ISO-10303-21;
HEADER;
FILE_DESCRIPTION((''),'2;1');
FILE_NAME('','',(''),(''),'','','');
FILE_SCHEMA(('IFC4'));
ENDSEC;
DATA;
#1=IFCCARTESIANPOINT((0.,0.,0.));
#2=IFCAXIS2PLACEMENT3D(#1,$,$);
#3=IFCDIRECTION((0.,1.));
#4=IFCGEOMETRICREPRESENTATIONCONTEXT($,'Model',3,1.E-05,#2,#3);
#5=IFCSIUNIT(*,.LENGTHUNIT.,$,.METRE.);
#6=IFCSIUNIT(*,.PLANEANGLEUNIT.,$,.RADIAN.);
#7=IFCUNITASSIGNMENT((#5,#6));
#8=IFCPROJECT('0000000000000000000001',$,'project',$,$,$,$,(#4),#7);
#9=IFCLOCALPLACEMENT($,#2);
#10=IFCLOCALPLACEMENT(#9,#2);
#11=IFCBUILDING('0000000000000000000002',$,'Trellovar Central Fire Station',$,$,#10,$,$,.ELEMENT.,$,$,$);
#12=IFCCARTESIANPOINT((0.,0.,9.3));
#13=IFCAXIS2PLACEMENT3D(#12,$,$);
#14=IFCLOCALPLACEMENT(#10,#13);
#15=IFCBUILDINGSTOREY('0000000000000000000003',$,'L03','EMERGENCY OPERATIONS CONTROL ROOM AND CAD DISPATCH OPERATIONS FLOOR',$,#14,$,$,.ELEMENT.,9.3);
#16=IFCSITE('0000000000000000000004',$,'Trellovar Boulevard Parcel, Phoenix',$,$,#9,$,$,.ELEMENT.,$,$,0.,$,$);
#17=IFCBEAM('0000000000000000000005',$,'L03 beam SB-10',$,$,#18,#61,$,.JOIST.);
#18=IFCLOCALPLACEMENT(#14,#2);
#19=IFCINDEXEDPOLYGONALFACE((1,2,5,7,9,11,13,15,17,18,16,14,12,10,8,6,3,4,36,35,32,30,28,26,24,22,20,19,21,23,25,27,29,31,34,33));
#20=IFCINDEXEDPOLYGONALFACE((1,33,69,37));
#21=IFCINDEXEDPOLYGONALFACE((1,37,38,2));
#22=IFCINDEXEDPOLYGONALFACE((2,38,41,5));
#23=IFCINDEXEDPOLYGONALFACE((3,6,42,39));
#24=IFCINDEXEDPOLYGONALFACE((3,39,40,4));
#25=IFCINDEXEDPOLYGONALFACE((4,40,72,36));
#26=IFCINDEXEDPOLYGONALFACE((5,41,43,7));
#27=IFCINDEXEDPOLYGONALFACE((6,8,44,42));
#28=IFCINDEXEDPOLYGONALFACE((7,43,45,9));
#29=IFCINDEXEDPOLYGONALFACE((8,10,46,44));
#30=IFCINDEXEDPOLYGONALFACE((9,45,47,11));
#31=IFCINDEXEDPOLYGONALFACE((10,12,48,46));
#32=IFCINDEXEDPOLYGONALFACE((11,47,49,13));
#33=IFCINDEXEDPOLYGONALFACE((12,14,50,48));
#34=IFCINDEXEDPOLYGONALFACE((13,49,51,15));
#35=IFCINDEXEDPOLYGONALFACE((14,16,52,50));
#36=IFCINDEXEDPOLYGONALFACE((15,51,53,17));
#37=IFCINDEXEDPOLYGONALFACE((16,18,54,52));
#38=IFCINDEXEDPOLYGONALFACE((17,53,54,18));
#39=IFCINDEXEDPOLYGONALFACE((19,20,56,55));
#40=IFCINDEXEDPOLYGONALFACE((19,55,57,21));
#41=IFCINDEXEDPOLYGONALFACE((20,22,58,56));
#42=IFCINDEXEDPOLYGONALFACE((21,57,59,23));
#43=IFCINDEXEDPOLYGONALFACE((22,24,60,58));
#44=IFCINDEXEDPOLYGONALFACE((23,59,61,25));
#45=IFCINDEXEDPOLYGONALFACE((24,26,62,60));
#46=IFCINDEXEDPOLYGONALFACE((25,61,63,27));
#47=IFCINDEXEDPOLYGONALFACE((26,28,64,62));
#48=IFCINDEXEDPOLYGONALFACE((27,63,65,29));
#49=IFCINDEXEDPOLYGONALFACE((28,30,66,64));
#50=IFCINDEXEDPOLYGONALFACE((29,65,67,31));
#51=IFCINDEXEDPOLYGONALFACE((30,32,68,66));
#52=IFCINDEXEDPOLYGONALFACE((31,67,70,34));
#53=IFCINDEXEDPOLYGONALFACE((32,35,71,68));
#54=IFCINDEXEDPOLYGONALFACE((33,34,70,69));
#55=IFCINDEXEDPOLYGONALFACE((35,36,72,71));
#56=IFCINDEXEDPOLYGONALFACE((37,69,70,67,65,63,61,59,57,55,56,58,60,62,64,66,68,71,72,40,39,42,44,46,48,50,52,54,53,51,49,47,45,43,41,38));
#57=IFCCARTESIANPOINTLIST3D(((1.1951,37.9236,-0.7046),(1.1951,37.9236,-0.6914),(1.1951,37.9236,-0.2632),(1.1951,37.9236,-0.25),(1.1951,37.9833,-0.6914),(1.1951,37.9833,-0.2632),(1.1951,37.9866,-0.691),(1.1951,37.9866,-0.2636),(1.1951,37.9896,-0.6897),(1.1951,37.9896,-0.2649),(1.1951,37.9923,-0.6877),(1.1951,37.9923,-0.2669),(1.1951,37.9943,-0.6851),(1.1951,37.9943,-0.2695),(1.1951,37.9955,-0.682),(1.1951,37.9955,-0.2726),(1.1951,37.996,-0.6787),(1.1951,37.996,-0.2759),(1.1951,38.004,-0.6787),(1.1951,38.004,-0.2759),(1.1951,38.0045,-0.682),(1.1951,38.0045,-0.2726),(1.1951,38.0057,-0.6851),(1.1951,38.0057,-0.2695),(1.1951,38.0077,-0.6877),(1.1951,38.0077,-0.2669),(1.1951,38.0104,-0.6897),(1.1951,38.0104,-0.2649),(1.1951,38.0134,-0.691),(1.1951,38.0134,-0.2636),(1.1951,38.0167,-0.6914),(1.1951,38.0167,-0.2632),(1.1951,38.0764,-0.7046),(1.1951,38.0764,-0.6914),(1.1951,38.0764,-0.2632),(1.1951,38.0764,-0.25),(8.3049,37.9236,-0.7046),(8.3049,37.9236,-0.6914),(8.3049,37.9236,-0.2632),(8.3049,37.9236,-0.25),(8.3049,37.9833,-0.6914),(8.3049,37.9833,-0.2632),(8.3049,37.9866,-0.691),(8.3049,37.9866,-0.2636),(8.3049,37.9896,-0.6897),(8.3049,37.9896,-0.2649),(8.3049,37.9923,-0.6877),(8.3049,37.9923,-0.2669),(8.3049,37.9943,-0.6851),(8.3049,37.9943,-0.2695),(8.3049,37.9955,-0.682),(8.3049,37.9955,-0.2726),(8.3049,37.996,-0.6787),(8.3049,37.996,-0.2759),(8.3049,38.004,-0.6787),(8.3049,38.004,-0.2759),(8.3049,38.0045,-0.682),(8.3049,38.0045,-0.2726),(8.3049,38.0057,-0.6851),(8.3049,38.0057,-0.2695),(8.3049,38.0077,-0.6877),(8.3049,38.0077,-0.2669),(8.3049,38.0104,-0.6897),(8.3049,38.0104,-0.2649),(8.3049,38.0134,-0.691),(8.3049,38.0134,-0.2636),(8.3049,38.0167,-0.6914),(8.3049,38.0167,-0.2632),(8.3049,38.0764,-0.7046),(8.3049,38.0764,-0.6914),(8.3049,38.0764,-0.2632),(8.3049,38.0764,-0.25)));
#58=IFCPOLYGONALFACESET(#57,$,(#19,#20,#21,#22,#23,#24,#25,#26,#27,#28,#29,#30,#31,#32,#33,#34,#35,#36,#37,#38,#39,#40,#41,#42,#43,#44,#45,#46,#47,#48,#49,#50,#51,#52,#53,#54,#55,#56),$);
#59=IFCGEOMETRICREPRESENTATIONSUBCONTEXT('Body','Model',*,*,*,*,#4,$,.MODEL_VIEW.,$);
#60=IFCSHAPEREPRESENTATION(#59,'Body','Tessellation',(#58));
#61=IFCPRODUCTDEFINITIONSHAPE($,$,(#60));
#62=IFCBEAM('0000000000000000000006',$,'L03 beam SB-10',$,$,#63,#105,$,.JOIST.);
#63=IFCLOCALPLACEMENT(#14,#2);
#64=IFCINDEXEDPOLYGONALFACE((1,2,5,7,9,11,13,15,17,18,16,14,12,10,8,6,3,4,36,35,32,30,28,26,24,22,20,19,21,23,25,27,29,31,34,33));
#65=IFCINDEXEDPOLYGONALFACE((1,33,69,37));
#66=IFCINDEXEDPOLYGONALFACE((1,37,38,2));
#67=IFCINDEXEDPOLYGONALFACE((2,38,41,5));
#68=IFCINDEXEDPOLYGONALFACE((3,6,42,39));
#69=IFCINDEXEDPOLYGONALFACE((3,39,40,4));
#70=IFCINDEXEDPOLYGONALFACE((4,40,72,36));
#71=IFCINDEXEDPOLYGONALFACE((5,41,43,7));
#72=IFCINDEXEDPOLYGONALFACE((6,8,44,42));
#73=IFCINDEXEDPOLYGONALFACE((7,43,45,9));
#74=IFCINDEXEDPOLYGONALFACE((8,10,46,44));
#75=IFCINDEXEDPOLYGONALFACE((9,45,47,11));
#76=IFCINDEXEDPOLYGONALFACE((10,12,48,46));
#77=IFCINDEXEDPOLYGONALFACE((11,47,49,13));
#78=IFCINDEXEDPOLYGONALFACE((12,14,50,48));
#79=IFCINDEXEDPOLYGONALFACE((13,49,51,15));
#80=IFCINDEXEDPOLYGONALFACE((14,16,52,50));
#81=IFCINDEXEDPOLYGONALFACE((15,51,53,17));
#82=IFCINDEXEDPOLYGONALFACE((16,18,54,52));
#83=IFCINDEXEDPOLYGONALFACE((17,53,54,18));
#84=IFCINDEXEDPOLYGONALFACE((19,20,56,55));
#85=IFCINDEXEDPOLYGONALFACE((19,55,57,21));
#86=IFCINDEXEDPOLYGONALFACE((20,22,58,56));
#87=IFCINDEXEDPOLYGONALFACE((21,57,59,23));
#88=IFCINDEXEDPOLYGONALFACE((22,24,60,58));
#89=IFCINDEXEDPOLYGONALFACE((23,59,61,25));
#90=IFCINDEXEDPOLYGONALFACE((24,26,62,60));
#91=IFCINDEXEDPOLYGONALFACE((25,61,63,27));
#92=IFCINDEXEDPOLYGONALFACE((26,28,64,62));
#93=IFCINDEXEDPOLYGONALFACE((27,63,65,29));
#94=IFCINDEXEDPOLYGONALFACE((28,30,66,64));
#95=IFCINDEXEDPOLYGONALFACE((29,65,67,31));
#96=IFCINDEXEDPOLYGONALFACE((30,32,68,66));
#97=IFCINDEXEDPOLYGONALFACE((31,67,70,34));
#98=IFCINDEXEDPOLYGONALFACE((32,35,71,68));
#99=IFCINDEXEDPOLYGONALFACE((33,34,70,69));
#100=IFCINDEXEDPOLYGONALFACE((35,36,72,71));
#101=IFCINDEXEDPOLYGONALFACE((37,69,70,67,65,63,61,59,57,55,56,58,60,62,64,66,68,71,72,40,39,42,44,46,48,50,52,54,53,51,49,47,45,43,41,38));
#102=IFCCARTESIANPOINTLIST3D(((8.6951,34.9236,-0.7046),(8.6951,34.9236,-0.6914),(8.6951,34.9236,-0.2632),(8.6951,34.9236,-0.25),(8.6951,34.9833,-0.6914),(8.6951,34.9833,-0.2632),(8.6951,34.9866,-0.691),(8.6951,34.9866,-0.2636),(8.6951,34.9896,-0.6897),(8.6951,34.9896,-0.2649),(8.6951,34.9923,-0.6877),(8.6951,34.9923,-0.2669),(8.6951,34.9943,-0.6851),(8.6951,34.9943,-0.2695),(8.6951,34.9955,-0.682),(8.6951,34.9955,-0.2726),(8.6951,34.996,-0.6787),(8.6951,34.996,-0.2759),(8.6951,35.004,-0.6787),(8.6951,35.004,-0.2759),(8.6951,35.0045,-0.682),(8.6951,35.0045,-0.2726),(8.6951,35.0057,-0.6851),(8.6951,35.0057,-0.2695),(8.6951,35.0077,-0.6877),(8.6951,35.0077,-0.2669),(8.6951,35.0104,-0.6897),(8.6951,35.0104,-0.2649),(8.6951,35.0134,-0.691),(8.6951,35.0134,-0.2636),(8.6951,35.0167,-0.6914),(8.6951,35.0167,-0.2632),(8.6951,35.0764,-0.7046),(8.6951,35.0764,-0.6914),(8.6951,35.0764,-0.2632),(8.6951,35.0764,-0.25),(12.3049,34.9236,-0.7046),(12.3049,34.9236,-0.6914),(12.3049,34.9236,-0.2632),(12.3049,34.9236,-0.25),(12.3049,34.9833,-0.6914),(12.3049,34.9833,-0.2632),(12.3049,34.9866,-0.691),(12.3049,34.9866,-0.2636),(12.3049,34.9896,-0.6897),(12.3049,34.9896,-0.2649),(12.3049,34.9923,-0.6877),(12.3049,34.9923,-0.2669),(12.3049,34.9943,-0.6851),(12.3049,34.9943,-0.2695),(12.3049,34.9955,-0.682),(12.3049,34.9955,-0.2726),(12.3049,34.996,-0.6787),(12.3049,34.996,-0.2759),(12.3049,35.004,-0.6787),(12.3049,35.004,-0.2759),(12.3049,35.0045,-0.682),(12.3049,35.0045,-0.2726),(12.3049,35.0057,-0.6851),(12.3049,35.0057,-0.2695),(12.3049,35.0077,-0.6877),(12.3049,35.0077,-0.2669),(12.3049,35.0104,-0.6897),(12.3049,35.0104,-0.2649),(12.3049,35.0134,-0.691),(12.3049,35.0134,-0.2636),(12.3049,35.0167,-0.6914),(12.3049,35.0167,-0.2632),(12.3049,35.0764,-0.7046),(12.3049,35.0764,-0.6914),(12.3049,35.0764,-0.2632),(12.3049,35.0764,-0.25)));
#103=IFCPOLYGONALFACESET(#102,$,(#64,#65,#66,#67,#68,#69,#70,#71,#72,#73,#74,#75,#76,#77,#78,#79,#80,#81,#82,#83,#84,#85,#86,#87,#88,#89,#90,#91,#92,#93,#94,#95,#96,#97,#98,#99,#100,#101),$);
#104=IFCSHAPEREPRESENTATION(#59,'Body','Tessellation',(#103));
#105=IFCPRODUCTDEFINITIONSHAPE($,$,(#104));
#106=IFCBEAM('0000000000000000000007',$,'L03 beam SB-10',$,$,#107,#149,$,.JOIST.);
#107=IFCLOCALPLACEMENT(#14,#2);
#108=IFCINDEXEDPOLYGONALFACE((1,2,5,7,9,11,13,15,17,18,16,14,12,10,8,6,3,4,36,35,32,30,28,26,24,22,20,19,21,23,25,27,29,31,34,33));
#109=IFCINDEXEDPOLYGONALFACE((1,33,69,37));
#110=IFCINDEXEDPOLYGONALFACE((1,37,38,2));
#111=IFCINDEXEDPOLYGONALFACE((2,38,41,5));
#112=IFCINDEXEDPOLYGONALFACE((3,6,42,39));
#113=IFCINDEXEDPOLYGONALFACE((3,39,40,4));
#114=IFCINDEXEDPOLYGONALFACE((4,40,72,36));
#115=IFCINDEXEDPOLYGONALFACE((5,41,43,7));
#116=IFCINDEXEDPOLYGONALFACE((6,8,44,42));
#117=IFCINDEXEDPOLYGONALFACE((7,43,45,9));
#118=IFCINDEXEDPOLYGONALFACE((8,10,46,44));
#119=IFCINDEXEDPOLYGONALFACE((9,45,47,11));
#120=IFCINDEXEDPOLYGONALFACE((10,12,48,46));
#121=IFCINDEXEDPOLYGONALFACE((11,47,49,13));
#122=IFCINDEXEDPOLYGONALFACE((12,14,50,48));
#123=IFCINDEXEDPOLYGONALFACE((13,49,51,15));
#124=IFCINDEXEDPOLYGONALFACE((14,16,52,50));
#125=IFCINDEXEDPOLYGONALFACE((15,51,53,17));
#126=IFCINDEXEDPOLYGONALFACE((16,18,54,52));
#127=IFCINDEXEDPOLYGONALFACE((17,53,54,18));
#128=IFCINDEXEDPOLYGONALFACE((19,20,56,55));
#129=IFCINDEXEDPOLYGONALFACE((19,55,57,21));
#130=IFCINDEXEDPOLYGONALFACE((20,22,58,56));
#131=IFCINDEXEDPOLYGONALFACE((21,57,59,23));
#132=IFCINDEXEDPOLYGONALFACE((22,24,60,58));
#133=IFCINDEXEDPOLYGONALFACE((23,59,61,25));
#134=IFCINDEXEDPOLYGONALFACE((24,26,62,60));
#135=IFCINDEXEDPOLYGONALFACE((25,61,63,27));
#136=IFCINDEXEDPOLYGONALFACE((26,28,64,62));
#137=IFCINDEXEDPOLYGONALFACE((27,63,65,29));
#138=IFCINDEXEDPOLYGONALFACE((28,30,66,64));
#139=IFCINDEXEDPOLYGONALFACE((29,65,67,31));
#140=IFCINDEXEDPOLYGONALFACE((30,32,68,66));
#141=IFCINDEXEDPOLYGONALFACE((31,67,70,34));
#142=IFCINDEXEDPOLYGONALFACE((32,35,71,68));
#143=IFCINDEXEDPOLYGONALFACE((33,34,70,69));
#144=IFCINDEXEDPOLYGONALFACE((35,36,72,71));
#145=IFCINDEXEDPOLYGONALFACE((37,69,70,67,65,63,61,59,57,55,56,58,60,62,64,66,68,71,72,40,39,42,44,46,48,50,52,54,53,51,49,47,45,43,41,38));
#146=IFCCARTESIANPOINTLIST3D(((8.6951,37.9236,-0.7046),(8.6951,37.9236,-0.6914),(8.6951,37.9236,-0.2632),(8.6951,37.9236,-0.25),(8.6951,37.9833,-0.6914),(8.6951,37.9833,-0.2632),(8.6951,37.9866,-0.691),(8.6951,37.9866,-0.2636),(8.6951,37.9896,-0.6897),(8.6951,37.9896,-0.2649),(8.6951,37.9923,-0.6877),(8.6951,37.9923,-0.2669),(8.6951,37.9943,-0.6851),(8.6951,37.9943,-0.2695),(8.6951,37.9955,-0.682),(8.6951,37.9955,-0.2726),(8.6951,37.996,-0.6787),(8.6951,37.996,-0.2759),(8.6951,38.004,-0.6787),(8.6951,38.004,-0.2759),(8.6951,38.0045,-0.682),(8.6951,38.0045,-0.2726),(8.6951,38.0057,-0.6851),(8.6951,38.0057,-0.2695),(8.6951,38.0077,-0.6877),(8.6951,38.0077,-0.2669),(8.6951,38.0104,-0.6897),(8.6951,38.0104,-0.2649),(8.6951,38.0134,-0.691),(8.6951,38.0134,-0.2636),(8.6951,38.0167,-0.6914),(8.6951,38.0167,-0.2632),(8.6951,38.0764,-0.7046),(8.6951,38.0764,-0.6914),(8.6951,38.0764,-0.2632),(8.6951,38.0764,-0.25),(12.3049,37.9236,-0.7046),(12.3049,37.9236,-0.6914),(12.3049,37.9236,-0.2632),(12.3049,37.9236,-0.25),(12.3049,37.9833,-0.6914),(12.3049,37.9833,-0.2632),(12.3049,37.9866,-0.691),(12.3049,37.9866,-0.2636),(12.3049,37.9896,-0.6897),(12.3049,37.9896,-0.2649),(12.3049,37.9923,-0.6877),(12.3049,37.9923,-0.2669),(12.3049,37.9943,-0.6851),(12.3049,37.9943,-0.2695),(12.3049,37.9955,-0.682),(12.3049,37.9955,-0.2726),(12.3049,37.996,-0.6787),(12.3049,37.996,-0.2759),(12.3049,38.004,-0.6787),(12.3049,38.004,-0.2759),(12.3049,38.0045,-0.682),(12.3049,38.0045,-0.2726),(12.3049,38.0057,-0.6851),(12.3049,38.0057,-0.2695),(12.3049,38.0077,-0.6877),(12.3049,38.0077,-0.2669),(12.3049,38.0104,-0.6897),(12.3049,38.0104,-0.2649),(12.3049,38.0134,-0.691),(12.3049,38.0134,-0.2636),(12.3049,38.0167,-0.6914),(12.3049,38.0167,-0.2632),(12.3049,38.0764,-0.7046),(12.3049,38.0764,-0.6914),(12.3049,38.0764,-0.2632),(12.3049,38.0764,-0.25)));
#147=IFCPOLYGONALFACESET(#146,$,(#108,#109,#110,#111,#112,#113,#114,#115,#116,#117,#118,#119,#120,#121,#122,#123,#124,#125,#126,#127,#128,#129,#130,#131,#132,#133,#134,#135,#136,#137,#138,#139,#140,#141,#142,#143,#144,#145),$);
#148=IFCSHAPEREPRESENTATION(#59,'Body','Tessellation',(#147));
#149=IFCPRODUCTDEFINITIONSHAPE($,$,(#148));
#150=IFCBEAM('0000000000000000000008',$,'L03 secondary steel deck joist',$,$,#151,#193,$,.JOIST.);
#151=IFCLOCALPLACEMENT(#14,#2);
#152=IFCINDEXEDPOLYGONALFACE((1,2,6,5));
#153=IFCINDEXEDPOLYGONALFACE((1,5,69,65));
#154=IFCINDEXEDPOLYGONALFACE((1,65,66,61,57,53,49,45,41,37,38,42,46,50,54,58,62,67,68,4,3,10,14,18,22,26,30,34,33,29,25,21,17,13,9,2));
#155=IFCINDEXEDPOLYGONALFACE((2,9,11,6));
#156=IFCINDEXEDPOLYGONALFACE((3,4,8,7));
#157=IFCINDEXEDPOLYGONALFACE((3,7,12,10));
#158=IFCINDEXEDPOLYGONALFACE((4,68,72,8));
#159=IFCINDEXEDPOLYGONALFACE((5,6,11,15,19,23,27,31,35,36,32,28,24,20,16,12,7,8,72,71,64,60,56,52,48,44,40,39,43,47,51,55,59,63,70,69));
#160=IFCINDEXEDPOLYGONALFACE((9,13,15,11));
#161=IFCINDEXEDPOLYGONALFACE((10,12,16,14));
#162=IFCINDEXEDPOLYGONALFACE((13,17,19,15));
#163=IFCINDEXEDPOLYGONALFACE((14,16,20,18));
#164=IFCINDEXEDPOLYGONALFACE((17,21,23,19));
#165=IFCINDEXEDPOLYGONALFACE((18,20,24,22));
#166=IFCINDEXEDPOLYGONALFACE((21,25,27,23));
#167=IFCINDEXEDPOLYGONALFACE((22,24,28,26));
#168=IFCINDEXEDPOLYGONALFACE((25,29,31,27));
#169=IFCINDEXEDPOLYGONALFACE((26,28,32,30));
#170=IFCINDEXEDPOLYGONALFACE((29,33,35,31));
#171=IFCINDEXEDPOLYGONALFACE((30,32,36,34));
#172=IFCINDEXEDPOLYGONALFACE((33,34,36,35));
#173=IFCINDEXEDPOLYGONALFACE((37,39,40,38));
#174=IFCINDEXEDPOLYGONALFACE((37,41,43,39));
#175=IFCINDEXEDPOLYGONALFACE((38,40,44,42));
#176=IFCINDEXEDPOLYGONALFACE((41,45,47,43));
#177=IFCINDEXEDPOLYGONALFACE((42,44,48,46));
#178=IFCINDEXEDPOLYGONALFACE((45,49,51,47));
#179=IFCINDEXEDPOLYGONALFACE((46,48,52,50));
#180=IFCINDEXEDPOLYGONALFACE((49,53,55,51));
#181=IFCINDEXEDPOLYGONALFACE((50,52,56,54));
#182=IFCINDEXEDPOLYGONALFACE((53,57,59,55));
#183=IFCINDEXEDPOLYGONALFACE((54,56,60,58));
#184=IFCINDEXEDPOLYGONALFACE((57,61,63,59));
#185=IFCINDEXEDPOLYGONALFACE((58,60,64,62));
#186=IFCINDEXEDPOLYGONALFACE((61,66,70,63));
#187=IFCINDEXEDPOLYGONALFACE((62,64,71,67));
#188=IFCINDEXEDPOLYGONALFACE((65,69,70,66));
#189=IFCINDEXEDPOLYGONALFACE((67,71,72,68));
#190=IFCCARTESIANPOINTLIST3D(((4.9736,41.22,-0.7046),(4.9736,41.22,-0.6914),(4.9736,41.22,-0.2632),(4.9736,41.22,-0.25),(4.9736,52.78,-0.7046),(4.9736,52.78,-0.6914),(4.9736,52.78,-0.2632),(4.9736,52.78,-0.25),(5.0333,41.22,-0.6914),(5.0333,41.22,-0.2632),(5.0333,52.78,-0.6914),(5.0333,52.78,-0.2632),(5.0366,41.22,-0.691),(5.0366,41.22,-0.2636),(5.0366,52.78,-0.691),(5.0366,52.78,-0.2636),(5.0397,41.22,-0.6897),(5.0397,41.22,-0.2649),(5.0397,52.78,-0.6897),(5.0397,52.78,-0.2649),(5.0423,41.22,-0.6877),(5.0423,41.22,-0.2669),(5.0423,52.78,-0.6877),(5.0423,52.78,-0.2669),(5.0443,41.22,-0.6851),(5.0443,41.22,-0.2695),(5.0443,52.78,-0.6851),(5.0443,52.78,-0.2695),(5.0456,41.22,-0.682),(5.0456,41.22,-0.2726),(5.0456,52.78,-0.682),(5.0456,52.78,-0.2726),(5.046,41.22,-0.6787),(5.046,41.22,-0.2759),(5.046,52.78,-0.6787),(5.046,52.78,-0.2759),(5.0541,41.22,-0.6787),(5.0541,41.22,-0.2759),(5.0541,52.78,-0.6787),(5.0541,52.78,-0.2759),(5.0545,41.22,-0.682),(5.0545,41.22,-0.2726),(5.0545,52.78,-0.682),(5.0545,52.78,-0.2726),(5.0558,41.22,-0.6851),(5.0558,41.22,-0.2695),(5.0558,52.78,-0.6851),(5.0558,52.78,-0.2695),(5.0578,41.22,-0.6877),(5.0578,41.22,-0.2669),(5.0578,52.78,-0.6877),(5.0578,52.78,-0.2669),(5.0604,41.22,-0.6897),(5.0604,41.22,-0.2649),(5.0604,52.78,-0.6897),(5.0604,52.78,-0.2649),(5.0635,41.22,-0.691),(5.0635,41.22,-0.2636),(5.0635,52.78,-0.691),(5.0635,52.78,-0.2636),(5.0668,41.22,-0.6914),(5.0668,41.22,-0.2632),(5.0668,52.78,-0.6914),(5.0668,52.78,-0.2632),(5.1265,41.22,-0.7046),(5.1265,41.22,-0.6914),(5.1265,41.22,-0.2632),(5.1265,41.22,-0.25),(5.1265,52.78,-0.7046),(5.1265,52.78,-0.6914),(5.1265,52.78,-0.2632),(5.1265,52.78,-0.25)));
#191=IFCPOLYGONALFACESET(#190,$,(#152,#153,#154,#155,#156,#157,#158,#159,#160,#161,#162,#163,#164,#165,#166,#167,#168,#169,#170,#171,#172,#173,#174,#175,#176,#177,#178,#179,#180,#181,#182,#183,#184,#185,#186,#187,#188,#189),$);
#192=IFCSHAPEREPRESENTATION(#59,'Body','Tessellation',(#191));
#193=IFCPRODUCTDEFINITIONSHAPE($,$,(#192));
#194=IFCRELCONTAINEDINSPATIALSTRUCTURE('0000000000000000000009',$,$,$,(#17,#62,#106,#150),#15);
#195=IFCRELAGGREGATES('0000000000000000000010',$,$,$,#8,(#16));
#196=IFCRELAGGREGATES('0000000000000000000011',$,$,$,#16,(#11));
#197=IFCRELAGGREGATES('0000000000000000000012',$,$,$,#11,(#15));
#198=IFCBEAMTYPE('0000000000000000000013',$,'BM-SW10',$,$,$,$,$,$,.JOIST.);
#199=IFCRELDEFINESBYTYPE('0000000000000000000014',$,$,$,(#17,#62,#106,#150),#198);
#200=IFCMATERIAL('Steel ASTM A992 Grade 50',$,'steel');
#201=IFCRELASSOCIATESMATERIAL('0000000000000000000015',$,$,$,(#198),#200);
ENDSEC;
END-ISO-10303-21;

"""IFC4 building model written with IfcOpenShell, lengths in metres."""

from ifc_helpers import new_model, si_unit, direction, frame, origin, origin_2d, place, context, subcontext, project, spatial, i_section, extrude, material, material_profile, profile_set, type_object, element, save


model = new_model("IFC4")

# Units and contexts
model_context = context("Model", 3, precision=1e-05, world=origin(), true_north=direction((0.0, 1.0)))
body_context = subcontext(model_context, "Body", "Model", "MODEL_VIEW")
ifc_project = project(units=[si_unit("LENGTHUNIT", "METRE"), si_unit("PLANEANGLEUNIT", "RADIAN")], contexts=[model_context])

# Site, building, storey
site_placement = place(None, origin())
site = spatial("IfcSite", under=ifc_project, at=site_placement, Name="Trellovar Boulevard Parcel, Phoenix", CompositionType="ELEMENT", RefElevation=0.0)
building_placement = place(site_placement, origin())
building = spatial("IfcBuilding", under=site, at=building_placement, Name="Trellovar Central Fire Station", CompositionType="ELEMENT")
storey_placement = place(building_placement, frame((0.0, 0.0, 9.3)))
storey = spatial("IfcBuildingStorey", under=building, at=storey_placement, Name="L03", Description="EMERGENCY OPERATIONS CONTROL ROOM AND CAD DISPATCH OPERATIONS FLOOR", CompositionType="ELEMENT", Elevation=9.3)

# Beams
ifc_material_1 = material(Name="Steel ASTM A992 Grade 50", Category="steel")
ifc_material_profile_1 = material_profile(ifc_material_1, i_section(OverallWidth=0.1528, OverallDepth=0.4546, WebThickness=0.0081, FlangeThickness=0.0132, FilletRadius=0.0127, at=origin_2d()), Name="W18X40")
ifc_profile_set_1 = profile_set([ifc_material_profile_1], Name="Steel ASTM A992 Grade 50")
beam_type_1 = type_object("IfcBeamType", Name="BM-SW10", PredefinedType="JOIST", material=ifc_profile_set_1)
for number, where, z_axis, x_axis, name in (
    (1, (1.1951, 38.0, -0.4773), (1.0, 0.0, 0.0), (0.0, 1.0, 0.0), "L03 beam SB-10"),
):
    element("IfcBeam", number, at=place(storey_placement, frame(where, z_axis=z_axis, x_axis=x_axis)), inside=storey, type_object=beam_type_1, Name=name, PredefinedType="JOIST", context=body_context, shape_type="SweptSolid", body=[
        extrude(i_section(OverallWidth=0.1528, OverallDepth=0.4546, WebThickness=0.0081, FlangeThickness=0.0132, FilletRadius=0.0127, at=origin_2d()), origin(), (0.0, 0.0, 1.0), 7.1099),
    ])
for number, where, z_axis, x_axis, name in (
    (2, (8.6951, 35.0, -0.4773), (1.0, 0.0, 0.0), (0.0, 1.0, 0.0), "L03 beam SB-10"),
    (3, (8.6951, 38.0, -0.4773), (1.0, 0.0, 0.0), (0.0, 1.0, 0.0), "L03 beam SB-10"),
):
    element("IfcBeam", number, at=place(storey_placement, frame(where, z_axis=z_axis, x_axis=x_axis)), inside=storey, type_object=beam_type_1, Name=name, PredefinedType="JOIST", context=body_context, shape_type="SweptSolid", body=[
        extrude(i_section(OverallWidth=0.1528, OverallDepth=0.4546, WebThickness=0.0081, FlangeThickness=0.0132, FilletRadius=0.0127, at=origin_2d()), origin(), (0.0, 0.0, 1.0), 3.6099),
    ])
for number, where, z_axis, x_axis, name in (
    (4, (5.05, 41.22, -0.4773), (0.0, 1.0, 0.0), (-1.0, 0.0, 0.0), "L03 secondary steel deck joist"),
):
    element("IfcBeam", number, at=place(storey_placement, frame(where, z_axis=z_axis, x_axis=x_axis)), inside=storey, type_object=beam_type_1, Name=name, PredefinedType="JOIST", context=body_context, shape_type="SweptSolid", body=[
        extrude(i_section(OverallWidth=0.1528, OverallDepth=0.4546, WebThickness=0.0081, FlangeThickness=0.0132, FilletRadius=0.0127, at=origin_2d()), origin(), (0.0, 0.0, 1.0), 11.5601),
    ])

save(model, "model.ifc")
